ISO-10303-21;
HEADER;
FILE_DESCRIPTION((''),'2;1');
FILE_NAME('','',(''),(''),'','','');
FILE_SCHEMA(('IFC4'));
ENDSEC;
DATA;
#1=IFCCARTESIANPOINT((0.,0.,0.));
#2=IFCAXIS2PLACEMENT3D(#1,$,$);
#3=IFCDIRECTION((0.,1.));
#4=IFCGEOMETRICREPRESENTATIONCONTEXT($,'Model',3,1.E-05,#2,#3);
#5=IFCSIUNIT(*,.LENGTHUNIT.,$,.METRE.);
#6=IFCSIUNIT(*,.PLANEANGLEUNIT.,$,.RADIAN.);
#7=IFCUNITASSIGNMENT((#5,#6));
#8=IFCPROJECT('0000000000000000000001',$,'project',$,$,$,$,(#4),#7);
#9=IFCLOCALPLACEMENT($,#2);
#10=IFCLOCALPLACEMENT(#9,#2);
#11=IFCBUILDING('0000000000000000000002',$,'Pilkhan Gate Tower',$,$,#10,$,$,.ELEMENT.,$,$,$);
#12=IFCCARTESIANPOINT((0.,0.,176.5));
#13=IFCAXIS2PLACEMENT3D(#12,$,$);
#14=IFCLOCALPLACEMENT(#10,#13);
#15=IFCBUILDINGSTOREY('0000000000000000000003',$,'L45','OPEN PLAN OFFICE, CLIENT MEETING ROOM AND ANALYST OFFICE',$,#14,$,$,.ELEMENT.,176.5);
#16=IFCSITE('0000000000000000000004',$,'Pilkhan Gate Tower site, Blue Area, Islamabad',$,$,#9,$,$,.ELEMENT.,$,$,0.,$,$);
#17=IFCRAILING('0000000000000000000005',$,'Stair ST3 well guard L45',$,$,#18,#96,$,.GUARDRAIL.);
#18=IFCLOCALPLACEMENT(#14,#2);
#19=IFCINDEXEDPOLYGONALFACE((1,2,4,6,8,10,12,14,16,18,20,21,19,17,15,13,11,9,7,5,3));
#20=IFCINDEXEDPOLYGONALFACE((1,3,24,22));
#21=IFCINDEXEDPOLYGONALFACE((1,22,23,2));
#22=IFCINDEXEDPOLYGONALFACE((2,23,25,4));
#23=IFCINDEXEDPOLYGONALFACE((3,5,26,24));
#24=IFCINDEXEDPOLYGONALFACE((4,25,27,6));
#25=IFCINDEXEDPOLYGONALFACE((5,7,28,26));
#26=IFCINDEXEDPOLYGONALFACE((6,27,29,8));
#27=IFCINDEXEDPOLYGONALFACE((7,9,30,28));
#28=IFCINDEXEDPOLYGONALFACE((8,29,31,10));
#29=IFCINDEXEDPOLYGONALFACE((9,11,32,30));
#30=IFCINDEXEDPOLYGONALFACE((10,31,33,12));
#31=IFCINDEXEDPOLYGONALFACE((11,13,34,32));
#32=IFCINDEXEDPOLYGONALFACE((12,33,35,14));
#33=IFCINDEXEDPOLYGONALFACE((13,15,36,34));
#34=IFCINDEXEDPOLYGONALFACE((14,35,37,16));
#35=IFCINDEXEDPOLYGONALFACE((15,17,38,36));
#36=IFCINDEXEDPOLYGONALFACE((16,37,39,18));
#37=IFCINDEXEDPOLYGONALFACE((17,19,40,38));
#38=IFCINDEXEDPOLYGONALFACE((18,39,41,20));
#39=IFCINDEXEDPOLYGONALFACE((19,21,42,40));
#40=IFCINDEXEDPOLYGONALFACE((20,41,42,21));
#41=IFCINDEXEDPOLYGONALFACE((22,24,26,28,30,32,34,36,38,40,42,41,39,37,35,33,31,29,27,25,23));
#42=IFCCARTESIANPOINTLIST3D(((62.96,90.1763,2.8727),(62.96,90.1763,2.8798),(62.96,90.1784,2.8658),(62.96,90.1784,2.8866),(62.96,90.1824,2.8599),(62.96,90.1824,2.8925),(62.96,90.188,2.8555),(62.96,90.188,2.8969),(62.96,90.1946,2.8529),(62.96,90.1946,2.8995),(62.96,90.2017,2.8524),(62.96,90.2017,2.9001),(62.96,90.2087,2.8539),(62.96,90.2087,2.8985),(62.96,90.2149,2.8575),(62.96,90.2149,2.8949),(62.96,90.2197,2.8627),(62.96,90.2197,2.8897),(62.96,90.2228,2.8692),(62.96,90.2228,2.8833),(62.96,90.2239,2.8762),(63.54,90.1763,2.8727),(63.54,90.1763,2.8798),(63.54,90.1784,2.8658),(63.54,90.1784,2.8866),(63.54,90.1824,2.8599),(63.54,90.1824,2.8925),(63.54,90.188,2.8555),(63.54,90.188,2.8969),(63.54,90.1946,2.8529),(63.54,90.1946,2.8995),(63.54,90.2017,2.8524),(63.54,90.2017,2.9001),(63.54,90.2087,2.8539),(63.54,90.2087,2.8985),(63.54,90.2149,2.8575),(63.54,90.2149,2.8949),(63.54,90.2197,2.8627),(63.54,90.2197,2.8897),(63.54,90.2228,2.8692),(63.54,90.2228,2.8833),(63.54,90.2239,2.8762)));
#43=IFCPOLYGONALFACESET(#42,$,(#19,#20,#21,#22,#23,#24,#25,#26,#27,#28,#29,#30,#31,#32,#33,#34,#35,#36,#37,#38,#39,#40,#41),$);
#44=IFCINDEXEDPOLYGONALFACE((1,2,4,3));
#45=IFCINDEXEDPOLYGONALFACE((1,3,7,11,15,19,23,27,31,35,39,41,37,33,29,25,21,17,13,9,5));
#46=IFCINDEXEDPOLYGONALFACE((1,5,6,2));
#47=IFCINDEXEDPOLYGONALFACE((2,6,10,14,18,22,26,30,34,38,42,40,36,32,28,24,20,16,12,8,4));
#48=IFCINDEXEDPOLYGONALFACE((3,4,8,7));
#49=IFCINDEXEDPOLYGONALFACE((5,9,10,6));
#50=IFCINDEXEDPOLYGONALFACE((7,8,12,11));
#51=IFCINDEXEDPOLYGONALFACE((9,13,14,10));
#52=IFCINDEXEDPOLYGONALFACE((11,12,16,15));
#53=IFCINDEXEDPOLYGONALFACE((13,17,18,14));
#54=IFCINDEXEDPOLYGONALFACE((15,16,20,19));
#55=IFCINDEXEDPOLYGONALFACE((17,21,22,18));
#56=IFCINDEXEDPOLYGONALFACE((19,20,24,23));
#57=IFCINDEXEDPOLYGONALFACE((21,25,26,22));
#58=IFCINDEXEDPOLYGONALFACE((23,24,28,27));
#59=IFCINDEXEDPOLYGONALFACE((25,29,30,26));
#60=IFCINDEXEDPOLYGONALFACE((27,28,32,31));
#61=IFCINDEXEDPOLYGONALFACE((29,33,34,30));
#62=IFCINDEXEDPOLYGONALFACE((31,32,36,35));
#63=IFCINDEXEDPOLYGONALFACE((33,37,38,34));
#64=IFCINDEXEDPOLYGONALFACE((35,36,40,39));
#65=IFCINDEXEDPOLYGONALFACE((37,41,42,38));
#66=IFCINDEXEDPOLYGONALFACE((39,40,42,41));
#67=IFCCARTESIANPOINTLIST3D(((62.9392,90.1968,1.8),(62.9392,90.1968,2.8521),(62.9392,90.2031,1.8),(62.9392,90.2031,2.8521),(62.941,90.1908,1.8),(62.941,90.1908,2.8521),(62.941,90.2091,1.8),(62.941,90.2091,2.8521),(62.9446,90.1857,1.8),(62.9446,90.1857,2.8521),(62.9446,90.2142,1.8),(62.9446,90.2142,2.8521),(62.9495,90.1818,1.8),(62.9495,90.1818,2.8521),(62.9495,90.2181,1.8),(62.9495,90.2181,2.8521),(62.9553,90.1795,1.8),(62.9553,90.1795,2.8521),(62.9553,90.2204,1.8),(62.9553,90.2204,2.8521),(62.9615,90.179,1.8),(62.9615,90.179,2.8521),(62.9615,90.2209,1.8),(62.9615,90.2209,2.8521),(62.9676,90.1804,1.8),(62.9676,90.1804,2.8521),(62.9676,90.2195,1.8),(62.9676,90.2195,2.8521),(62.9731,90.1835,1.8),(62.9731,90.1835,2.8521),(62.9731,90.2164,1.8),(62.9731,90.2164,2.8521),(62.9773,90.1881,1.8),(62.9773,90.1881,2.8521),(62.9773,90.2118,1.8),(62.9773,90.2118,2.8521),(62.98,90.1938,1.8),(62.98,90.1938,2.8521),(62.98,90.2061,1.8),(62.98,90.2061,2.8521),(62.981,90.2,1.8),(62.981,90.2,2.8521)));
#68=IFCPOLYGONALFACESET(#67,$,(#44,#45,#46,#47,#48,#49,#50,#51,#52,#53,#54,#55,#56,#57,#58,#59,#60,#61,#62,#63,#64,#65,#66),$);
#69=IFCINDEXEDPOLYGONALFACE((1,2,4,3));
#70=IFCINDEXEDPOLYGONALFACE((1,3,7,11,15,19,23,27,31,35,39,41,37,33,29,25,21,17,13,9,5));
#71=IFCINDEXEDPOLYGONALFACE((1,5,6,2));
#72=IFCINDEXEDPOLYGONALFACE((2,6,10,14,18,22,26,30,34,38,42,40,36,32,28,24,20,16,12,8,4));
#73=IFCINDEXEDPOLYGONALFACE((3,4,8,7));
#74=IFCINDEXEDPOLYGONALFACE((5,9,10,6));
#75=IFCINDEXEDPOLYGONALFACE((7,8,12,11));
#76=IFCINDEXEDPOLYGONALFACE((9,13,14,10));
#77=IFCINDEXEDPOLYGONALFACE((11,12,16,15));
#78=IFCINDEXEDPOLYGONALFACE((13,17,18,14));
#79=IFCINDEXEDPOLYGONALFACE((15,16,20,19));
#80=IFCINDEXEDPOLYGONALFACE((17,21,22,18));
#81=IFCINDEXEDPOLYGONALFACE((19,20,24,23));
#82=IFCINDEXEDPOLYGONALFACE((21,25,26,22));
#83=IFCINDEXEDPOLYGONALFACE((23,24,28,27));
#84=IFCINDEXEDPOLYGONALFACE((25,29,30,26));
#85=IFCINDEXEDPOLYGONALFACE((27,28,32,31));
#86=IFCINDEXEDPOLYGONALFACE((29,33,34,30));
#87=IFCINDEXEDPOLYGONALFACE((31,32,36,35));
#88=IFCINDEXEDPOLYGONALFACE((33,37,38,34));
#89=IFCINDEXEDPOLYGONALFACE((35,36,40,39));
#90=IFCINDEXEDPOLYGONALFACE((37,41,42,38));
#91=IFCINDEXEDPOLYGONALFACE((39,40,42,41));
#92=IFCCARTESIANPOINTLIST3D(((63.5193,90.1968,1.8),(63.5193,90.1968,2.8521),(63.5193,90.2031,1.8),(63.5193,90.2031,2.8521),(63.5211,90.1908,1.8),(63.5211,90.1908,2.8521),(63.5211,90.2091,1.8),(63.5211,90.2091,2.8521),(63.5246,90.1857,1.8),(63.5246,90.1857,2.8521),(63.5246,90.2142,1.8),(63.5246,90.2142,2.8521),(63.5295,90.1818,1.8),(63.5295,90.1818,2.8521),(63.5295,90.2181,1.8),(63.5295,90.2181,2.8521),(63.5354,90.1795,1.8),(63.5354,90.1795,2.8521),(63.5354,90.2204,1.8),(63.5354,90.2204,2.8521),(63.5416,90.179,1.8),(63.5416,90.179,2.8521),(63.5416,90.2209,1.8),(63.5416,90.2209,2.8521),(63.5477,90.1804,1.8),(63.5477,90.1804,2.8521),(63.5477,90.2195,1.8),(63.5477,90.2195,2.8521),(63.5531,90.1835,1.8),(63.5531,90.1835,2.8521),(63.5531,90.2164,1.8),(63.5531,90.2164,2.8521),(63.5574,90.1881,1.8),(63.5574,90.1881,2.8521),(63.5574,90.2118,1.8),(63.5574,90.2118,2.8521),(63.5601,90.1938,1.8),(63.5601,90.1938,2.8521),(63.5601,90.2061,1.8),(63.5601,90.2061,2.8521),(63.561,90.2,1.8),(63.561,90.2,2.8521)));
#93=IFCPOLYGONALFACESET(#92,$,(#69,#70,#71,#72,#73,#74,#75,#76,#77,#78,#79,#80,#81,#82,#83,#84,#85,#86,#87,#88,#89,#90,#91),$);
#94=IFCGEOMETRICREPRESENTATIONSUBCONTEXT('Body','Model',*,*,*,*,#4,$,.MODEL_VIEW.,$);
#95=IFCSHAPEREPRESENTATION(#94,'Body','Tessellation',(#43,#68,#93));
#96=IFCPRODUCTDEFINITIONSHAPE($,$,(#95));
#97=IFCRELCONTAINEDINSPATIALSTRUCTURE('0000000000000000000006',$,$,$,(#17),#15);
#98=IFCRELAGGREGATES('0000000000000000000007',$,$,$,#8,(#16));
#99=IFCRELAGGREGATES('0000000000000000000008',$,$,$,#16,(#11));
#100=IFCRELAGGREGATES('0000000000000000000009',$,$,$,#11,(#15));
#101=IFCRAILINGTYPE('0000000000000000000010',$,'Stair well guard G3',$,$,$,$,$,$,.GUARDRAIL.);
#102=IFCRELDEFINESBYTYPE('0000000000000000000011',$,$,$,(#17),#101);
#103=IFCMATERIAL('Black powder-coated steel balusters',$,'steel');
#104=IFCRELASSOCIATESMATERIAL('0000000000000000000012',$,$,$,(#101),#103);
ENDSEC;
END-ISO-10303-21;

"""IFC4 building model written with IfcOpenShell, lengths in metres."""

from ifc_helpers import new_model, si_unit, direction, frame, origin, origin_2d, place, context, subcontext, project, spatial, circle, extrude, material, type_object, element, save


model = new_model("IFC4")

# Units and contexts
model_context = context("Model", 3, precision=1e-05, world=origin(), true_north=direction((0.0, 1.0)))
body_context = subcontext(model_context, "Body", "Model", "MODEL_VIEW")
ifc_project = project(units=[si_unit("LENGTHUNIT", "METRE"), si_unit("PLANEANGLEUNIT", "RADIAN")], contexts=[model_context])

# Site, building, storey
site_placement = place(None, origin())
site = spatial("IfcSite", under=ifc_project, at=site_placement, Name="Pilkhan Gate Tower site, Blue Area, Islamabad", CompositionType="ELEMENT", RefElevation=0.0)
building_placement = place(site_placement, origin())
building = spatial("IfcBuilding", under=site, at=building_placement, Name="Pilkhan Gate Tower", CompositionType="ELEMENT")
storey_placement = place(building_placement, frame((0.0, 0.0, 176.5)))
storey = spatial("IfcBuildingStorey", under=building, at=storey_placement, Name="L45", Description="OPEN PLAN OFFICE, CLIENT MEETING ROOM AND ANALYST OFFICE", CompositionType="ELEMENT", Elevation=176.5)

# Railing
ifc_material_1 = material(Name="Black powder-coated steel balusters", Category="steel")
railing_type_1 = type_object("IfcRailingType", Name="Stair well guard G3", PredefinedType="GUARDRAIL", material=ifc_material_1)
for number, where, name in (
    (1, (62.96, 90.2, 1.8), "Stair ST3 well guard L45"),
):
    element("IfcRailing", number, at=place(storey_placement, frame(where)), inside=storey, type_object=railing_type_1, Name=name, PredefinedType="GUARDRAIL", context=body_context, shape_type="SweptSolid", body=[
        extrude(circle(Radius=0.0239, at=origin_2d()), frame((0.0, 0.0, 1.0762), z_axis=(1.0, 0.0, 0.0), x_axis=(0.0, 1.0, 0.0)), (0.0, 0.0, 1.0), 0.5801),
        extrude(circle(Radius=0.021, at=origin_2d()), origin(), (0.0, 0.0, 1.0), 1.052),
        extrude(circle(Radius=0.021, at=origin_2d()), frame((0.5801, 0.0, 0.0)), (0.0, 0.0, 1.0), 1.052),
    ])

save(model, "model.ifc")
